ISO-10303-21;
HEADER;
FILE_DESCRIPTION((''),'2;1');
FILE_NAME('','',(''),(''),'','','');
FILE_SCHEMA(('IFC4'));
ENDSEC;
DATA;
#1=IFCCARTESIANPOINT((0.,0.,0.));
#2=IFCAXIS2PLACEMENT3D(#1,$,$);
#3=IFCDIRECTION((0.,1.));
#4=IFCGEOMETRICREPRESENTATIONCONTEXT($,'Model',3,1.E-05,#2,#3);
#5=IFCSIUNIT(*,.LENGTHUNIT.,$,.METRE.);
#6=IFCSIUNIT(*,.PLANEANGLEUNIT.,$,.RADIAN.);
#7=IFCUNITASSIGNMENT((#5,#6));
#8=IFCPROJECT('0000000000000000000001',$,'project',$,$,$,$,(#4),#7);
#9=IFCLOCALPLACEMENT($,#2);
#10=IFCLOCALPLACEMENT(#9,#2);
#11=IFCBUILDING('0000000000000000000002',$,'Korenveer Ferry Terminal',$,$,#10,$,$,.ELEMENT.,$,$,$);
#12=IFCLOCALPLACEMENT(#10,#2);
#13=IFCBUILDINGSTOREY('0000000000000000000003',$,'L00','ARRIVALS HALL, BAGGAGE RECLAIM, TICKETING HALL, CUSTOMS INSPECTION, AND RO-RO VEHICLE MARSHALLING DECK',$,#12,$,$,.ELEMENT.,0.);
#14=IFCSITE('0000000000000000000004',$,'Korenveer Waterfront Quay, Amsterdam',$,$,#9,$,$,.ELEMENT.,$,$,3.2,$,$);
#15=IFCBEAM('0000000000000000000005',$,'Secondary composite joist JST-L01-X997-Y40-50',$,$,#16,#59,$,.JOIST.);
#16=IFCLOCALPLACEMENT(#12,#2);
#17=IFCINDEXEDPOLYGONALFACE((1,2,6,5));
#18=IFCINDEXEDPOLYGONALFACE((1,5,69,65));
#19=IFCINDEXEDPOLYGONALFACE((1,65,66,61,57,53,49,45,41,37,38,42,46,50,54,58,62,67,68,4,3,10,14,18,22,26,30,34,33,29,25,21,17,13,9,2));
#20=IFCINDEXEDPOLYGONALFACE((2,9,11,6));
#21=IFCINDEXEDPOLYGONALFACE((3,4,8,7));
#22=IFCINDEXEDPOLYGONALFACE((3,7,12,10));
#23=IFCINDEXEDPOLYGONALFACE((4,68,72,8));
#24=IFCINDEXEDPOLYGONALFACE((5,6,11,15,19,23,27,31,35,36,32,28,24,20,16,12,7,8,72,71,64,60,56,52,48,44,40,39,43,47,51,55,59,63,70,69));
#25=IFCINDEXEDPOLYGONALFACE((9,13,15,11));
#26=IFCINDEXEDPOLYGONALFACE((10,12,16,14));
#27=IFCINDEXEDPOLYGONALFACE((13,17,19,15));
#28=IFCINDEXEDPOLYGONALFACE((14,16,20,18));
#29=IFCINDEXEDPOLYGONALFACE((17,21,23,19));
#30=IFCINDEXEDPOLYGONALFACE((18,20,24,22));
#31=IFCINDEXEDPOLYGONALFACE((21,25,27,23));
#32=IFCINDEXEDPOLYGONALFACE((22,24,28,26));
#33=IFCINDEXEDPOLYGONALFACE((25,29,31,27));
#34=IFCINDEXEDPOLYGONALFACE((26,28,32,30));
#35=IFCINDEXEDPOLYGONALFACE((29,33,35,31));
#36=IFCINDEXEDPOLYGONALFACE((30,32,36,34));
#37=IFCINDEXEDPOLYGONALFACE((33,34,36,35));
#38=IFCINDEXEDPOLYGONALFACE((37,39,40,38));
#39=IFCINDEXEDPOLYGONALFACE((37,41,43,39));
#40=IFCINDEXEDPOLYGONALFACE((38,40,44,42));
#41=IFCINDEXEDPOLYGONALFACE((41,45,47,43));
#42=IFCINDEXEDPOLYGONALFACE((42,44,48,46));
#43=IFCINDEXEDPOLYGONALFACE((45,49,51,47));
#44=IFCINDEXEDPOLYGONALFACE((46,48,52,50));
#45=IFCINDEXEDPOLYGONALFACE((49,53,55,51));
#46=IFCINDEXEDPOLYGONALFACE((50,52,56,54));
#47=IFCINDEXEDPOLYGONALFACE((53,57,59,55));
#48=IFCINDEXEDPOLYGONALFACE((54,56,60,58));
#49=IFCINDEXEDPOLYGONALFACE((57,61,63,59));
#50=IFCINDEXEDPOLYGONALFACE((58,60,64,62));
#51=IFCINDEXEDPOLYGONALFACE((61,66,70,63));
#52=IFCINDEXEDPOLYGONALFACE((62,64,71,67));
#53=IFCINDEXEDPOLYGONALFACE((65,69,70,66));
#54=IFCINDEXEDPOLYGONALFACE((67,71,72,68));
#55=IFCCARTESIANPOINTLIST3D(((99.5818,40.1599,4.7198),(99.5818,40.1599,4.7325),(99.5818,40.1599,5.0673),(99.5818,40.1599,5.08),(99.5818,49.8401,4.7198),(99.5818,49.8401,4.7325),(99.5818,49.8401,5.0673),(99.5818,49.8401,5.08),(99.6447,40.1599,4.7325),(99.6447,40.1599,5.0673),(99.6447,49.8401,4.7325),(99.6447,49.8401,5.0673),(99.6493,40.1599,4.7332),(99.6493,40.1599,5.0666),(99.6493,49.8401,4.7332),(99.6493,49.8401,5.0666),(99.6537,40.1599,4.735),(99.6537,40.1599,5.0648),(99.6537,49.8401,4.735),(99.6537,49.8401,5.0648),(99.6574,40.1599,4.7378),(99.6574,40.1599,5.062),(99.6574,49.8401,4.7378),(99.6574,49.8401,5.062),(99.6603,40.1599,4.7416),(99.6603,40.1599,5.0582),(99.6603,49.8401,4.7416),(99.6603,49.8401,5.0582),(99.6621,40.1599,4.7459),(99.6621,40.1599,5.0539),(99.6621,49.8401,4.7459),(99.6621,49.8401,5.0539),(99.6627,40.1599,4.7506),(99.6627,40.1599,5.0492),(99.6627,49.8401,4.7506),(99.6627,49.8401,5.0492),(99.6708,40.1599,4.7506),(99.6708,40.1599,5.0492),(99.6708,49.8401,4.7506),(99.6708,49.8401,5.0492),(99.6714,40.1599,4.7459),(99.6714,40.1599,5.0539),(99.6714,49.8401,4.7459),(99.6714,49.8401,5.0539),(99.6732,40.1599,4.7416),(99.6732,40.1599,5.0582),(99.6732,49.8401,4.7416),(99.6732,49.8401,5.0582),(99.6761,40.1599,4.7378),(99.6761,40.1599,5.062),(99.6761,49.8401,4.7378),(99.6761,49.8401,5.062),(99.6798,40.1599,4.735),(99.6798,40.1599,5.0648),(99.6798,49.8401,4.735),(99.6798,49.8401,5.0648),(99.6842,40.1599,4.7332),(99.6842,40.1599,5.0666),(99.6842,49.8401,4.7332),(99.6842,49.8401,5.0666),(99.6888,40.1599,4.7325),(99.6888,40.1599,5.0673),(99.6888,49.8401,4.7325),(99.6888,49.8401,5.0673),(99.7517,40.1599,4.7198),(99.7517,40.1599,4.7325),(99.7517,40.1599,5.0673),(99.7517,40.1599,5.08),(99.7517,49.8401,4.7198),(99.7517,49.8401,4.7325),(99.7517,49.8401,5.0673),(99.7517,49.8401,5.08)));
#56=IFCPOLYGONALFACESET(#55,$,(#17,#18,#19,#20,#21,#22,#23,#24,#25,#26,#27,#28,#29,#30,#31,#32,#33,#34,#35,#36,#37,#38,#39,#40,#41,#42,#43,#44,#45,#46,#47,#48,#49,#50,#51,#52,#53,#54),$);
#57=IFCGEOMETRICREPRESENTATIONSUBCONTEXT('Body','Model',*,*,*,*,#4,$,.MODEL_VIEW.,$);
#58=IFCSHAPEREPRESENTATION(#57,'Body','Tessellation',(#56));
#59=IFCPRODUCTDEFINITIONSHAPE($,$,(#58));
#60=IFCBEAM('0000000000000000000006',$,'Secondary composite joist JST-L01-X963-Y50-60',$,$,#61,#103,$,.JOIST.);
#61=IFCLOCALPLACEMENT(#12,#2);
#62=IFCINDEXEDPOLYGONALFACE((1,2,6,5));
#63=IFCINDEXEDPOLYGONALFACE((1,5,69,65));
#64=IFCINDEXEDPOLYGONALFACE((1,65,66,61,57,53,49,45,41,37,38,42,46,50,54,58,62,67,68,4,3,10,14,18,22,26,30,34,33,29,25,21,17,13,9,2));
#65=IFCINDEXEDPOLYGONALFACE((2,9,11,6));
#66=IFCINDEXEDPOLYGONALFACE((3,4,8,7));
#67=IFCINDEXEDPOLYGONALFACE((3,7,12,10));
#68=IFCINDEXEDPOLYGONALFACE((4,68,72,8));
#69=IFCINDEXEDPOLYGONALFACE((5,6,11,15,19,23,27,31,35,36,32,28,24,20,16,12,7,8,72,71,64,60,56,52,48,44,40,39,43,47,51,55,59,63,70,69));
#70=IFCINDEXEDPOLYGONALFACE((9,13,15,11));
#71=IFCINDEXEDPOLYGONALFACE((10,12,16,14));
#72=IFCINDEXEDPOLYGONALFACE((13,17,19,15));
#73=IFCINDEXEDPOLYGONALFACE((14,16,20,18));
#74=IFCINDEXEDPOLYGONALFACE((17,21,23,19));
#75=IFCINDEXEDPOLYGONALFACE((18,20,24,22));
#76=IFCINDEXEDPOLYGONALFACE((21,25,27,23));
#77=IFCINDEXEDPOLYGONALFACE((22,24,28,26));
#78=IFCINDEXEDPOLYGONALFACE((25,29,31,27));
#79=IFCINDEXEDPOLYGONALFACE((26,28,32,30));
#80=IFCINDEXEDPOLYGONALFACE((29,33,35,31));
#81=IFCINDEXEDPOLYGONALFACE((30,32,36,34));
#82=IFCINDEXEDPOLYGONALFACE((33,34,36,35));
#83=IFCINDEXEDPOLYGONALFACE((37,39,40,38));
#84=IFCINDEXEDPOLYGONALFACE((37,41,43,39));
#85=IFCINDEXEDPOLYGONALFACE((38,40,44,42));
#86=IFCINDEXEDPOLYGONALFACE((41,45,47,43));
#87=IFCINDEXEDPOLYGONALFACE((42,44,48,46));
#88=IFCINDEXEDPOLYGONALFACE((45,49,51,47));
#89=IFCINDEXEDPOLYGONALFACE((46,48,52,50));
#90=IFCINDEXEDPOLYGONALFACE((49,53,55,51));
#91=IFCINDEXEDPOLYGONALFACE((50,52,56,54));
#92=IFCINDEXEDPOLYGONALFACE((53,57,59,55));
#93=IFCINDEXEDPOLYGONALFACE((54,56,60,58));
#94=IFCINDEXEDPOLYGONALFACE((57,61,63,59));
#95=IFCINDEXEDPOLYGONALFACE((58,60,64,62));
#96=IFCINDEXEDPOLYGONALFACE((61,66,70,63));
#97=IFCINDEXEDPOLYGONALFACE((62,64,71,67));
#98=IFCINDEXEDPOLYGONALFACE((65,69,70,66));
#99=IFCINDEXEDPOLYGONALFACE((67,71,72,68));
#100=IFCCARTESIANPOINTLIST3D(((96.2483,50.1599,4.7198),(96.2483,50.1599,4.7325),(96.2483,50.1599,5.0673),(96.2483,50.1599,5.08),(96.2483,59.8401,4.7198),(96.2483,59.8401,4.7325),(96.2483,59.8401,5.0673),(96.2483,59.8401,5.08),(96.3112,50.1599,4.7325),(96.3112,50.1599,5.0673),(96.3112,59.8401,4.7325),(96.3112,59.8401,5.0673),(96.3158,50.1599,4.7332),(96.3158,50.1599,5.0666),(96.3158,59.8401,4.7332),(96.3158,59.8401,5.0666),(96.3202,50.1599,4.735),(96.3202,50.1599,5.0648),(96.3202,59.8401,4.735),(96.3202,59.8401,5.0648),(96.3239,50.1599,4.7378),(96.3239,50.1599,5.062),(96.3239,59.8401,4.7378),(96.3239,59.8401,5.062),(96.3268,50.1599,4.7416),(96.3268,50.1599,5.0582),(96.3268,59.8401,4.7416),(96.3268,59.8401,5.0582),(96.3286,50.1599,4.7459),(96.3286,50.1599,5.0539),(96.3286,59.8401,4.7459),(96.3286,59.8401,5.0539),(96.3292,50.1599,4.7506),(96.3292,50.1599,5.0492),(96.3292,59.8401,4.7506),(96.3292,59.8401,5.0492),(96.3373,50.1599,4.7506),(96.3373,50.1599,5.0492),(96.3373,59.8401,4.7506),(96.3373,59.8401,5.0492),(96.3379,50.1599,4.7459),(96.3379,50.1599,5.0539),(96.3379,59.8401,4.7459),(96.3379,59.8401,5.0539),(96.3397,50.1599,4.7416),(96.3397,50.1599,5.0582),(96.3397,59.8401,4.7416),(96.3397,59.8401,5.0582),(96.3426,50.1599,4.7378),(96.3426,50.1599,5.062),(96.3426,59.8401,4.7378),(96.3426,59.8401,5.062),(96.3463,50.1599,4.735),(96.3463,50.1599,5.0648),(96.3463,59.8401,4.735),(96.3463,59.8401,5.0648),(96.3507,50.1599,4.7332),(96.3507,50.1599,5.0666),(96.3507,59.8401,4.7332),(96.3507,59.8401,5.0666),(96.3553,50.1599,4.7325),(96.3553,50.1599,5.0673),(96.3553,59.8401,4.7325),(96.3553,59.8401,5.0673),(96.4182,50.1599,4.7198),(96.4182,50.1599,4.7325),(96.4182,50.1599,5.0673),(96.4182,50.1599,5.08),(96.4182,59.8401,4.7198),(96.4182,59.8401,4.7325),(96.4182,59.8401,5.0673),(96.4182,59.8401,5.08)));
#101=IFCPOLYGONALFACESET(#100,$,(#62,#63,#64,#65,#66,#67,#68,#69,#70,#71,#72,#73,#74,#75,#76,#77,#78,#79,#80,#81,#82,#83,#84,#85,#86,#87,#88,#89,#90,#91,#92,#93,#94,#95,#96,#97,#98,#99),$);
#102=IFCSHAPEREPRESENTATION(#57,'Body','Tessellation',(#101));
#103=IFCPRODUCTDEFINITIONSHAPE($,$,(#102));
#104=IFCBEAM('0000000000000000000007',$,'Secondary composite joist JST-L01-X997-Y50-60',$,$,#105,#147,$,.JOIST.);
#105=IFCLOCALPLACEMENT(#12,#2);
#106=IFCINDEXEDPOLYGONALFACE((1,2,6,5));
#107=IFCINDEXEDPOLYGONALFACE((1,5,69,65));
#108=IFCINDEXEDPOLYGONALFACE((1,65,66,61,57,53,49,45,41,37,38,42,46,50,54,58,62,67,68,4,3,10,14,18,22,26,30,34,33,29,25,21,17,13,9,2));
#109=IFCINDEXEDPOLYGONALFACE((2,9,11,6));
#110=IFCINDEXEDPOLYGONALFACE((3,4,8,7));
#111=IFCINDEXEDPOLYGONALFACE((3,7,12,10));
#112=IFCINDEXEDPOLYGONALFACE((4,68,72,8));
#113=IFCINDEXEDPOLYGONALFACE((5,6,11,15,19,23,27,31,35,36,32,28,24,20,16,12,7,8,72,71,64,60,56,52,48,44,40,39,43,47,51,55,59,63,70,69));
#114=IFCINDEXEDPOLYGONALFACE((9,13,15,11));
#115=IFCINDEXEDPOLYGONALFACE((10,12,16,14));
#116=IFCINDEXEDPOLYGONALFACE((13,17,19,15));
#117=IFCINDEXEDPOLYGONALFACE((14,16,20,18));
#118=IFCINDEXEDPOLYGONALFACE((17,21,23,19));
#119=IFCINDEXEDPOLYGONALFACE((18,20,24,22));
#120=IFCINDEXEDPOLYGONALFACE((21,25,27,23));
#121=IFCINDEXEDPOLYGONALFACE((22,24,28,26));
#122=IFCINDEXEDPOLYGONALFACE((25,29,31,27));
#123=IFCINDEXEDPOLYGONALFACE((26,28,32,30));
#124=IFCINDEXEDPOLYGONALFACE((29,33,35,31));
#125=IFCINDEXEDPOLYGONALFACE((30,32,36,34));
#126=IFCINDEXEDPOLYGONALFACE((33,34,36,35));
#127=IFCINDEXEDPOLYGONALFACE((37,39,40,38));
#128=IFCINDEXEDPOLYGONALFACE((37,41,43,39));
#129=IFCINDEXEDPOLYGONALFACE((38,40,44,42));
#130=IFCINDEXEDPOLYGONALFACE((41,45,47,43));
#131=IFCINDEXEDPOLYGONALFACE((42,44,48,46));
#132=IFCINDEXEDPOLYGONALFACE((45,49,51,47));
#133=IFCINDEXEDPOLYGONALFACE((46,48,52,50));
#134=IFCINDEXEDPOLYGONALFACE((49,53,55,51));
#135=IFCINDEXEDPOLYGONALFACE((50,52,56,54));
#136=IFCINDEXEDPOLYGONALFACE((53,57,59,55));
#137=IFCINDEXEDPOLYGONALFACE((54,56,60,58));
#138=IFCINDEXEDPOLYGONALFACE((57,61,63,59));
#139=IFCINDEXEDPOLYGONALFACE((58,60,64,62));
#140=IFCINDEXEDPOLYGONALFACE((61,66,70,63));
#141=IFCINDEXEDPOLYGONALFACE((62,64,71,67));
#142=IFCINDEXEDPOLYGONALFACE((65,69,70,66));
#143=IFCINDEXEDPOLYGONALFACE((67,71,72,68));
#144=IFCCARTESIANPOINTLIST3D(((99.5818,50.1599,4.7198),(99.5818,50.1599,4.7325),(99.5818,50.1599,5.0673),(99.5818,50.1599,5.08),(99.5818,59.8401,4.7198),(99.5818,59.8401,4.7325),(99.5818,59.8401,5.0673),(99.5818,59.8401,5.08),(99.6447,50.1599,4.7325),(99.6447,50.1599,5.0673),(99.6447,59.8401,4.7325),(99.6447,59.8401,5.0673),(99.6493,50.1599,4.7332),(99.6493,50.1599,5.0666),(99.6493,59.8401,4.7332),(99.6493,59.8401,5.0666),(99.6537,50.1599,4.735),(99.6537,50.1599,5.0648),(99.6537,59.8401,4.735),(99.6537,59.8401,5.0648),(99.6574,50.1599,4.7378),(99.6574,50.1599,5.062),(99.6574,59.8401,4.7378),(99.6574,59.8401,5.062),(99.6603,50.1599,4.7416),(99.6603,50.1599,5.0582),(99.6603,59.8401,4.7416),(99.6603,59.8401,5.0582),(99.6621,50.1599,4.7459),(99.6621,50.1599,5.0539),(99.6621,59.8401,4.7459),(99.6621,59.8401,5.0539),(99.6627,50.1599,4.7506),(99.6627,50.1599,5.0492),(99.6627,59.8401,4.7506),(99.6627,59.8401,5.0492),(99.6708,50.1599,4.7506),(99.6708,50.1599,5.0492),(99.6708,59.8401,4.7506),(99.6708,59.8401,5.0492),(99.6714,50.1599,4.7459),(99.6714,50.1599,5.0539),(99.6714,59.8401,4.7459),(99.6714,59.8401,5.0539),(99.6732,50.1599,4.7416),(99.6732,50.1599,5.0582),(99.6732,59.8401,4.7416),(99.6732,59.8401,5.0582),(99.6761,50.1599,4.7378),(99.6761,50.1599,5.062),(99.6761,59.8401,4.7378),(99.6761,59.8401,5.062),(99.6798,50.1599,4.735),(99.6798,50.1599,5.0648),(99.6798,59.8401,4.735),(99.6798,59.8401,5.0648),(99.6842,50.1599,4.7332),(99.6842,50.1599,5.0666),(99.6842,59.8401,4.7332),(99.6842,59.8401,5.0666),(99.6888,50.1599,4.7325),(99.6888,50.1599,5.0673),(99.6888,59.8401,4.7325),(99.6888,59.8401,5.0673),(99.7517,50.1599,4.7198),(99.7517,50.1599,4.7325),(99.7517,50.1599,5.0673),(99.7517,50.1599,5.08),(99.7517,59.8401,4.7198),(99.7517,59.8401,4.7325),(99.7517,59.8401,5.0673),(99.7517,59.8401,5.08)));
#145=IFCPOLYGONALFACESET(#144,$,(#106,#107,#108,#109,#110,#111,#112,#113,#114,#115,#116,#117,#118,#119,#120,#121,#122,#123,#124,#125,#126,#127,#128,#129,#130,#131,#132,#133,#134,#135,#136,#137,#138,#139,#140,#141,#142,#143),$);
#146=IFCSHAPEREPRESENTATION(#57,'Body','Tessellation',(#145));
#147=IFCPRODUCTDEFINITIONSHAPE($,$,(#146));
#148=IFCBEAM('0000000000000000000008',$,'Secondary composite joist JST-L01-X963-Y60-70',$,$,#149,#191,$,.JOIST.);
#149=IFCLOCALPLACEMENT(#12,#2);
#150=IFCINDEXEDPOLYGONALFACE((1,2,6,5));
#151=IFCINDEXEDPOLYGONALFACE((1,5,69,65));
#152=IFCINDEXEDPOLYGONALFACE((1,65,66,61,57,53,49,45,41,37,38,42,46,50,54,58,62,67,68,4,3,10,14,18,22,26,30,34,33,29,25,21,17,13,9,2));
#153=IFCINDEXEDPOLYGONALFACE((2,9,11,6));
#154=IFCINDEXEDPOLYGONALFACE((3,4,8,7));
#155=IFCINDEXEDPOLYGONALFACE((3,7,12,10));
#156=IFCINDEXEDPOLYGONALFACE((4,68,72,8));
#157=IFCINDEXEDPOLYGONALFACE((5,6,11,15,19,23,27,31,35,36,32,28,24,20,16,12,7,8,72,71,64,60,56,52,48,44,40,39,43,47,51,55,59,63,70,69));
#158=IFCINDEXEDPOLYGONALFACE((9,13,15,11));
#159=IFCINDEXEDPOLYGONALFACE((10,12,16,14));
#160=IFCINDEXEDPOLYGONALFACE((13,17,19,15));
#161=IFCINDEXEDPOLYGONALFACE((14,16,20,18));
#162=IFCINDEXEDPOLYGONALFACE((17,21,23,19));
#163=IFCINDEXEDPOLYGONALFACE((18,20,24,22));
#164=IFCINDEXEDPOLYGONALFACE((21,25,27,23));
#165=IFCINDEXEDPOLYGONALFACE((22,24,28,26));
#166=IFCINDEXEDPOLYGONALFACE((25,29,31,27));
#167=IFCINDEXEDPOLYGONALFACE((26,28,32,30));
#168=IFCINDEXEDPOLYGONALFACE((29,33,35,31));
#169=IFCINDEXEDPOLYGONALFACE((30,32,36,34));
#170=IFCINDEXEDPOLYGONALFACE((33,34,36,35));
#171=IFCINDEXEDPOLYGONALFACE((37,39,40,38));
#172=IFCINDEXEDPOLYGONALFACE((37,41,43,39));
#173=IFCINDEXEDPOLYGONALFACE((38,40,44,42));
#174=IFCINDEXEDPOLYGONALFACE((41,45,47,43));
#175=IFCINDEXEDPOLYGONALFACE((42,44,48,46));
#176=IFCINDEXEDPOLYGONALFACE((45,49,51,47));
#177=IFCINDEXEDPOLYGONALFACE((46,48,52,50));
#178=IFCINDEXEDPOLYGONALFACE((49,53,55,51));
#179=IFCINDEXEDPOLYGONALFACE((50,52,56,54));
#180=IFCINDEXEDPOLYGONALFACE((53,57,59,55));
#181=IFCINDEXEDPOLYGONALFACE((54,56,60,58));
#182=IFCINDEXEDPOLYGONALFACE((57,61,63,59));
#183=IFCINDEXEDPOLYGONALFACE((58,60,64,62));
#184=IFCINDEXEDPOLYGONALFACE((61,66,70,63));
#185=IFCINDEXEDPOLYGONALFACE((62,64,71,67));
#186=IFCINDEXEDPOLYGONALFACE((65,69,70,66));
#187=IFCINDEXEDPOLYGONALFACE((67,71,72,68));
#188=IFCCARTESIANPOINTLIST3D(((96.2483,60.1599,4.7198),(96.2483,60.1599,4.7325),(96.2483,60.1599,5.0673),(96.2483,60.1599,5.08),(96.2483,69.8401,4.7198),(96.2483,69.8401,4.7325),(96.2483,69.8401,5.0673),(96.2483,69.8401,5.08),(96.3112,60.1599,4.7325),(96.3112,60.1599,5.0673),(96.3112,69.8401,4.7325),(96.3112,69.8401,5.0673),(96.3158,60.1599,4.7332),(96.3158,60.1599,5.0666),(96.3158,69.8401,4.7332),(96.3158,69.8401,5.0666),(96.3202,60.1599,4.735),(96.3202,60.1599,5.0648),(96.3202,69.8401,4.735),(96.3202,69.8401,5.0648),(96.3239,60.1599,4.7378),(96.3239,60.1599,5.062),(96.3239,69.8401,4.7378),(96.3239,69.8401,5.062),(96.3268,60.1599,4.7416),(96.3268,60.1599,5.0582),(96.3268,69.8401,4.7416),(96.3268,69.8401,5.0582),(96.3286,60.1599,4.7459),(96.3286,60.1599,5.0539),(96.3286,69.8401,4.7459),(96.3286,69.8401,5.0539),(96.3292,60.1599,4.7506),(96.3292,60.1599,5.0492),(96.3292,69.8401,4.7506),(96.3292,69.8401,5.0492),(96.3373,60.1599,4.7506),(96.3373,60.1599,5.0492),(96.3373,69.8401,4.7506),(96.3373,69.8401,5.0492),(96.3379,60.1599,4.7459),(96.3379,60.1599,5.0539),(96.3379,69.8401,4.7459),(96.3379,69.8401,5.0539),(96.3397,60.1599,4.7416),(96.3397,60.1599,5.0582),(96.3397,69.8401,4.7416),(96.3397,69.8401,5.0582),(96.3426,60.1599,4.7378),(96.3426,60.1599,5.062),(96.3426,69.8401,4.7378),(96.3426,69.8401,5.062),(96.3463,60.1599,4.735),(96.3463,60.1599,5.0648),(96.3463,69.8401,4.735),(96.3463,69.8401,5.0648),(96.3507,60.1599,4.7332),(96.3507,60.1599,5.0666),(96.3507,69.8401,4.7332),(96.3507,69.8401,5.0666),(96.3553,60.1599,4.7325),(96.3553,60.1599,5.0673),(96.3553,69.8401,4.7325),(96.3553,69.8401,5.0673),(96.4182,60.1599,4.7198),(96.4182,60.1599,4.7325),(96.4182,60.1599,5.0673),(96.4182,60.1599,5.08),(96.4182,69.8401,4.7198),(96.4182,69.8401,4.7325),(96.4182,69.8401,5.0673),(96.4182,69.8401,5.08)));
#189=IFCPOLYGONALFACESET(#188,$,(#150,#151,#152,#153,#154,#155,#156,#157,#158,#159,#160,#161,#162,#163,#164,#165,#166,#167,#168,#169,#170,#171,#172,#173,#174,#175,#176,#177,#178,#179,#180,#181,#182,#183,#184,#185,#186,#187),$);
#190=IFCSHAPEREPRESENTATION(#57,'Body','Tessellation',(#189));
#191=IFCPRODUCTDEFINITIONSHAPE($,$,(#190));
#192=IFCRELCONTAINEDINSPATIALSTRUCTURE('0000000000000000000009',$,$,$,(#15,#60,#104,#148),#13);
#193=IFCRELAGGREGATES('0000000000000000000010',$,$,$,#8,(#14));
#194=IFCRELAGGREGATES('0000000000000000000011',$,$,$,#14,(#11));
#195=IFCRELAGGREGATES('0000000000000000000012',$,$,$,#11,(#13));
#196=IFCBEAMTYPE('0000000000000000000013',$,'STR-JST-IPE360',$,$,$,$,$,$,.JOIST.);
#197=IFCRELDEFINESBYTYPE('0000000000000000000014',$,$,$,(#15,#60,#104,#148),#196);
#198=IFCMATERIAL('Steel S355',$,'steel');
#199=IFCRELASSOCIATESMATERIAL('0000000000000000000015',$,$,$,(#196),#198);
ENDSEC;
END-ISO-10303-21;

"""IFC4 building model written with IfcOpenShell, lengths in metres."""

from ifc_helpers import new_model, si_unit, direction, frame, origin, origin_2d, place, context, subcontext, project, spatial, i_section, extrude, material, material_profile, profile_set, type_object, element, save


model = new_model("IFC4")

# Units and contexts
model_context = context("Model", 3, precision=1e-05, world=origin(), true_north=direction((0.0, 1.0)))
body_context = subcontext(model_context, "Body", "Model", "MODEL_VIEW")
ifc_project = project(units=[si_unit("LENGTHUNIT", "METRE"), si_unit("PLANEANGLEUNIT", "RADIAN")], contexts=[model_context])

# Site, building, storey
site_placement = place(None, origin())
site = spatial("IfcSite", under=ifc_project, at=site_placement, Name="Korenveer Waterfront Quay, Amsterdam", CompositionType="ELEMENT", RefElevation=3.2)
building_placement = place(site_placement, origin())
building = spatial("IfcBuilding", under=site, at=building_placement, Name="Korenveer Ferry Terminal", CompositionType="ELEMENT")
storey_placement = place(building_placement, origin())
storey = spatial("IfcBuildingStorey", under=building, at=storey_placement, Name="L00", Description="ARRIVALS HALL, BAGGAGE RECLAIM, TICKETING HALL, CUSTOMS INSPECTION, AND RO-RO VEHICLE MARSHALLING DECK", CompositionType="ELEMENT", Elevation=0.0)

# Shared definitions
ifc_material_1 = material(Name="Steel S355", Category="steel")

# Beams
ifc_material_profile_1 = material_profile(ifc_material_1, i_section(OverallWidth=0.1699, OverallDepth=0.3601, WebThickness=0.0081, FlangeThickness=0.0127, FilletRadius=0.0181, at=origin_2d()), Name="IPE 360")
ifc_profile_set_1 = profile_set([ifc_material_profile_1], Name="Steel S355")
beam_type_1 = type_object("IfcBeamType", Name="STR-JST-IPE360", PredefinedType="JOIST", material=ifc_profile_set_1)
for number, where, z_axis, x_axis, name in (
    (1, (99.6667, 40.1599, 4.8999), (0.0, 1.0, 0.0), (-1.0, 0.0, 0.0), "Secondary composite joist JST-L01-X997-Y40-50"),
    (2, (96.3333, 50.1599, 4.8999), (0.0, 1.0, 0.0), (-1.0, 0.0, 0.0), "Secondary composite joist JST-L01-X963-Y50-60"),
    (3, (99.6667, 50.1599, 4.8999), (0.0, 1.0, 0.0), (-1.0, 0.0, 0.0), "Secondary composite joist JST-L01-X997-Y50-60"),
    (4, (96.3333, 60.1599, 4.8999), (0.0, 1.0, 0.0), (-1.0, 0.0, 0.0), "Secondary composite joist JST-L01-X963-Y60-70"),
):
    element("IfcBeam", number, at=place(storey_placement, frame(where, z_axis=z_axis, x_axis=x_axis)), inside=storey, type_object=beam_type_1, Name=name, PredefinedType="JOIST", context=body_context, shape_type="SweptSolid", body=[
        extrude(i_section(OverallWidth=0.1699, OverallDepth=0.3601, WebThickness=0.0081, FlangeThickness=0.0127, FilletRadius=0.0181, at=origin_2d()), origin(), (0.0, 0.0, 1.0), 9.6802),
    ])

save(model, "model.ifc")
